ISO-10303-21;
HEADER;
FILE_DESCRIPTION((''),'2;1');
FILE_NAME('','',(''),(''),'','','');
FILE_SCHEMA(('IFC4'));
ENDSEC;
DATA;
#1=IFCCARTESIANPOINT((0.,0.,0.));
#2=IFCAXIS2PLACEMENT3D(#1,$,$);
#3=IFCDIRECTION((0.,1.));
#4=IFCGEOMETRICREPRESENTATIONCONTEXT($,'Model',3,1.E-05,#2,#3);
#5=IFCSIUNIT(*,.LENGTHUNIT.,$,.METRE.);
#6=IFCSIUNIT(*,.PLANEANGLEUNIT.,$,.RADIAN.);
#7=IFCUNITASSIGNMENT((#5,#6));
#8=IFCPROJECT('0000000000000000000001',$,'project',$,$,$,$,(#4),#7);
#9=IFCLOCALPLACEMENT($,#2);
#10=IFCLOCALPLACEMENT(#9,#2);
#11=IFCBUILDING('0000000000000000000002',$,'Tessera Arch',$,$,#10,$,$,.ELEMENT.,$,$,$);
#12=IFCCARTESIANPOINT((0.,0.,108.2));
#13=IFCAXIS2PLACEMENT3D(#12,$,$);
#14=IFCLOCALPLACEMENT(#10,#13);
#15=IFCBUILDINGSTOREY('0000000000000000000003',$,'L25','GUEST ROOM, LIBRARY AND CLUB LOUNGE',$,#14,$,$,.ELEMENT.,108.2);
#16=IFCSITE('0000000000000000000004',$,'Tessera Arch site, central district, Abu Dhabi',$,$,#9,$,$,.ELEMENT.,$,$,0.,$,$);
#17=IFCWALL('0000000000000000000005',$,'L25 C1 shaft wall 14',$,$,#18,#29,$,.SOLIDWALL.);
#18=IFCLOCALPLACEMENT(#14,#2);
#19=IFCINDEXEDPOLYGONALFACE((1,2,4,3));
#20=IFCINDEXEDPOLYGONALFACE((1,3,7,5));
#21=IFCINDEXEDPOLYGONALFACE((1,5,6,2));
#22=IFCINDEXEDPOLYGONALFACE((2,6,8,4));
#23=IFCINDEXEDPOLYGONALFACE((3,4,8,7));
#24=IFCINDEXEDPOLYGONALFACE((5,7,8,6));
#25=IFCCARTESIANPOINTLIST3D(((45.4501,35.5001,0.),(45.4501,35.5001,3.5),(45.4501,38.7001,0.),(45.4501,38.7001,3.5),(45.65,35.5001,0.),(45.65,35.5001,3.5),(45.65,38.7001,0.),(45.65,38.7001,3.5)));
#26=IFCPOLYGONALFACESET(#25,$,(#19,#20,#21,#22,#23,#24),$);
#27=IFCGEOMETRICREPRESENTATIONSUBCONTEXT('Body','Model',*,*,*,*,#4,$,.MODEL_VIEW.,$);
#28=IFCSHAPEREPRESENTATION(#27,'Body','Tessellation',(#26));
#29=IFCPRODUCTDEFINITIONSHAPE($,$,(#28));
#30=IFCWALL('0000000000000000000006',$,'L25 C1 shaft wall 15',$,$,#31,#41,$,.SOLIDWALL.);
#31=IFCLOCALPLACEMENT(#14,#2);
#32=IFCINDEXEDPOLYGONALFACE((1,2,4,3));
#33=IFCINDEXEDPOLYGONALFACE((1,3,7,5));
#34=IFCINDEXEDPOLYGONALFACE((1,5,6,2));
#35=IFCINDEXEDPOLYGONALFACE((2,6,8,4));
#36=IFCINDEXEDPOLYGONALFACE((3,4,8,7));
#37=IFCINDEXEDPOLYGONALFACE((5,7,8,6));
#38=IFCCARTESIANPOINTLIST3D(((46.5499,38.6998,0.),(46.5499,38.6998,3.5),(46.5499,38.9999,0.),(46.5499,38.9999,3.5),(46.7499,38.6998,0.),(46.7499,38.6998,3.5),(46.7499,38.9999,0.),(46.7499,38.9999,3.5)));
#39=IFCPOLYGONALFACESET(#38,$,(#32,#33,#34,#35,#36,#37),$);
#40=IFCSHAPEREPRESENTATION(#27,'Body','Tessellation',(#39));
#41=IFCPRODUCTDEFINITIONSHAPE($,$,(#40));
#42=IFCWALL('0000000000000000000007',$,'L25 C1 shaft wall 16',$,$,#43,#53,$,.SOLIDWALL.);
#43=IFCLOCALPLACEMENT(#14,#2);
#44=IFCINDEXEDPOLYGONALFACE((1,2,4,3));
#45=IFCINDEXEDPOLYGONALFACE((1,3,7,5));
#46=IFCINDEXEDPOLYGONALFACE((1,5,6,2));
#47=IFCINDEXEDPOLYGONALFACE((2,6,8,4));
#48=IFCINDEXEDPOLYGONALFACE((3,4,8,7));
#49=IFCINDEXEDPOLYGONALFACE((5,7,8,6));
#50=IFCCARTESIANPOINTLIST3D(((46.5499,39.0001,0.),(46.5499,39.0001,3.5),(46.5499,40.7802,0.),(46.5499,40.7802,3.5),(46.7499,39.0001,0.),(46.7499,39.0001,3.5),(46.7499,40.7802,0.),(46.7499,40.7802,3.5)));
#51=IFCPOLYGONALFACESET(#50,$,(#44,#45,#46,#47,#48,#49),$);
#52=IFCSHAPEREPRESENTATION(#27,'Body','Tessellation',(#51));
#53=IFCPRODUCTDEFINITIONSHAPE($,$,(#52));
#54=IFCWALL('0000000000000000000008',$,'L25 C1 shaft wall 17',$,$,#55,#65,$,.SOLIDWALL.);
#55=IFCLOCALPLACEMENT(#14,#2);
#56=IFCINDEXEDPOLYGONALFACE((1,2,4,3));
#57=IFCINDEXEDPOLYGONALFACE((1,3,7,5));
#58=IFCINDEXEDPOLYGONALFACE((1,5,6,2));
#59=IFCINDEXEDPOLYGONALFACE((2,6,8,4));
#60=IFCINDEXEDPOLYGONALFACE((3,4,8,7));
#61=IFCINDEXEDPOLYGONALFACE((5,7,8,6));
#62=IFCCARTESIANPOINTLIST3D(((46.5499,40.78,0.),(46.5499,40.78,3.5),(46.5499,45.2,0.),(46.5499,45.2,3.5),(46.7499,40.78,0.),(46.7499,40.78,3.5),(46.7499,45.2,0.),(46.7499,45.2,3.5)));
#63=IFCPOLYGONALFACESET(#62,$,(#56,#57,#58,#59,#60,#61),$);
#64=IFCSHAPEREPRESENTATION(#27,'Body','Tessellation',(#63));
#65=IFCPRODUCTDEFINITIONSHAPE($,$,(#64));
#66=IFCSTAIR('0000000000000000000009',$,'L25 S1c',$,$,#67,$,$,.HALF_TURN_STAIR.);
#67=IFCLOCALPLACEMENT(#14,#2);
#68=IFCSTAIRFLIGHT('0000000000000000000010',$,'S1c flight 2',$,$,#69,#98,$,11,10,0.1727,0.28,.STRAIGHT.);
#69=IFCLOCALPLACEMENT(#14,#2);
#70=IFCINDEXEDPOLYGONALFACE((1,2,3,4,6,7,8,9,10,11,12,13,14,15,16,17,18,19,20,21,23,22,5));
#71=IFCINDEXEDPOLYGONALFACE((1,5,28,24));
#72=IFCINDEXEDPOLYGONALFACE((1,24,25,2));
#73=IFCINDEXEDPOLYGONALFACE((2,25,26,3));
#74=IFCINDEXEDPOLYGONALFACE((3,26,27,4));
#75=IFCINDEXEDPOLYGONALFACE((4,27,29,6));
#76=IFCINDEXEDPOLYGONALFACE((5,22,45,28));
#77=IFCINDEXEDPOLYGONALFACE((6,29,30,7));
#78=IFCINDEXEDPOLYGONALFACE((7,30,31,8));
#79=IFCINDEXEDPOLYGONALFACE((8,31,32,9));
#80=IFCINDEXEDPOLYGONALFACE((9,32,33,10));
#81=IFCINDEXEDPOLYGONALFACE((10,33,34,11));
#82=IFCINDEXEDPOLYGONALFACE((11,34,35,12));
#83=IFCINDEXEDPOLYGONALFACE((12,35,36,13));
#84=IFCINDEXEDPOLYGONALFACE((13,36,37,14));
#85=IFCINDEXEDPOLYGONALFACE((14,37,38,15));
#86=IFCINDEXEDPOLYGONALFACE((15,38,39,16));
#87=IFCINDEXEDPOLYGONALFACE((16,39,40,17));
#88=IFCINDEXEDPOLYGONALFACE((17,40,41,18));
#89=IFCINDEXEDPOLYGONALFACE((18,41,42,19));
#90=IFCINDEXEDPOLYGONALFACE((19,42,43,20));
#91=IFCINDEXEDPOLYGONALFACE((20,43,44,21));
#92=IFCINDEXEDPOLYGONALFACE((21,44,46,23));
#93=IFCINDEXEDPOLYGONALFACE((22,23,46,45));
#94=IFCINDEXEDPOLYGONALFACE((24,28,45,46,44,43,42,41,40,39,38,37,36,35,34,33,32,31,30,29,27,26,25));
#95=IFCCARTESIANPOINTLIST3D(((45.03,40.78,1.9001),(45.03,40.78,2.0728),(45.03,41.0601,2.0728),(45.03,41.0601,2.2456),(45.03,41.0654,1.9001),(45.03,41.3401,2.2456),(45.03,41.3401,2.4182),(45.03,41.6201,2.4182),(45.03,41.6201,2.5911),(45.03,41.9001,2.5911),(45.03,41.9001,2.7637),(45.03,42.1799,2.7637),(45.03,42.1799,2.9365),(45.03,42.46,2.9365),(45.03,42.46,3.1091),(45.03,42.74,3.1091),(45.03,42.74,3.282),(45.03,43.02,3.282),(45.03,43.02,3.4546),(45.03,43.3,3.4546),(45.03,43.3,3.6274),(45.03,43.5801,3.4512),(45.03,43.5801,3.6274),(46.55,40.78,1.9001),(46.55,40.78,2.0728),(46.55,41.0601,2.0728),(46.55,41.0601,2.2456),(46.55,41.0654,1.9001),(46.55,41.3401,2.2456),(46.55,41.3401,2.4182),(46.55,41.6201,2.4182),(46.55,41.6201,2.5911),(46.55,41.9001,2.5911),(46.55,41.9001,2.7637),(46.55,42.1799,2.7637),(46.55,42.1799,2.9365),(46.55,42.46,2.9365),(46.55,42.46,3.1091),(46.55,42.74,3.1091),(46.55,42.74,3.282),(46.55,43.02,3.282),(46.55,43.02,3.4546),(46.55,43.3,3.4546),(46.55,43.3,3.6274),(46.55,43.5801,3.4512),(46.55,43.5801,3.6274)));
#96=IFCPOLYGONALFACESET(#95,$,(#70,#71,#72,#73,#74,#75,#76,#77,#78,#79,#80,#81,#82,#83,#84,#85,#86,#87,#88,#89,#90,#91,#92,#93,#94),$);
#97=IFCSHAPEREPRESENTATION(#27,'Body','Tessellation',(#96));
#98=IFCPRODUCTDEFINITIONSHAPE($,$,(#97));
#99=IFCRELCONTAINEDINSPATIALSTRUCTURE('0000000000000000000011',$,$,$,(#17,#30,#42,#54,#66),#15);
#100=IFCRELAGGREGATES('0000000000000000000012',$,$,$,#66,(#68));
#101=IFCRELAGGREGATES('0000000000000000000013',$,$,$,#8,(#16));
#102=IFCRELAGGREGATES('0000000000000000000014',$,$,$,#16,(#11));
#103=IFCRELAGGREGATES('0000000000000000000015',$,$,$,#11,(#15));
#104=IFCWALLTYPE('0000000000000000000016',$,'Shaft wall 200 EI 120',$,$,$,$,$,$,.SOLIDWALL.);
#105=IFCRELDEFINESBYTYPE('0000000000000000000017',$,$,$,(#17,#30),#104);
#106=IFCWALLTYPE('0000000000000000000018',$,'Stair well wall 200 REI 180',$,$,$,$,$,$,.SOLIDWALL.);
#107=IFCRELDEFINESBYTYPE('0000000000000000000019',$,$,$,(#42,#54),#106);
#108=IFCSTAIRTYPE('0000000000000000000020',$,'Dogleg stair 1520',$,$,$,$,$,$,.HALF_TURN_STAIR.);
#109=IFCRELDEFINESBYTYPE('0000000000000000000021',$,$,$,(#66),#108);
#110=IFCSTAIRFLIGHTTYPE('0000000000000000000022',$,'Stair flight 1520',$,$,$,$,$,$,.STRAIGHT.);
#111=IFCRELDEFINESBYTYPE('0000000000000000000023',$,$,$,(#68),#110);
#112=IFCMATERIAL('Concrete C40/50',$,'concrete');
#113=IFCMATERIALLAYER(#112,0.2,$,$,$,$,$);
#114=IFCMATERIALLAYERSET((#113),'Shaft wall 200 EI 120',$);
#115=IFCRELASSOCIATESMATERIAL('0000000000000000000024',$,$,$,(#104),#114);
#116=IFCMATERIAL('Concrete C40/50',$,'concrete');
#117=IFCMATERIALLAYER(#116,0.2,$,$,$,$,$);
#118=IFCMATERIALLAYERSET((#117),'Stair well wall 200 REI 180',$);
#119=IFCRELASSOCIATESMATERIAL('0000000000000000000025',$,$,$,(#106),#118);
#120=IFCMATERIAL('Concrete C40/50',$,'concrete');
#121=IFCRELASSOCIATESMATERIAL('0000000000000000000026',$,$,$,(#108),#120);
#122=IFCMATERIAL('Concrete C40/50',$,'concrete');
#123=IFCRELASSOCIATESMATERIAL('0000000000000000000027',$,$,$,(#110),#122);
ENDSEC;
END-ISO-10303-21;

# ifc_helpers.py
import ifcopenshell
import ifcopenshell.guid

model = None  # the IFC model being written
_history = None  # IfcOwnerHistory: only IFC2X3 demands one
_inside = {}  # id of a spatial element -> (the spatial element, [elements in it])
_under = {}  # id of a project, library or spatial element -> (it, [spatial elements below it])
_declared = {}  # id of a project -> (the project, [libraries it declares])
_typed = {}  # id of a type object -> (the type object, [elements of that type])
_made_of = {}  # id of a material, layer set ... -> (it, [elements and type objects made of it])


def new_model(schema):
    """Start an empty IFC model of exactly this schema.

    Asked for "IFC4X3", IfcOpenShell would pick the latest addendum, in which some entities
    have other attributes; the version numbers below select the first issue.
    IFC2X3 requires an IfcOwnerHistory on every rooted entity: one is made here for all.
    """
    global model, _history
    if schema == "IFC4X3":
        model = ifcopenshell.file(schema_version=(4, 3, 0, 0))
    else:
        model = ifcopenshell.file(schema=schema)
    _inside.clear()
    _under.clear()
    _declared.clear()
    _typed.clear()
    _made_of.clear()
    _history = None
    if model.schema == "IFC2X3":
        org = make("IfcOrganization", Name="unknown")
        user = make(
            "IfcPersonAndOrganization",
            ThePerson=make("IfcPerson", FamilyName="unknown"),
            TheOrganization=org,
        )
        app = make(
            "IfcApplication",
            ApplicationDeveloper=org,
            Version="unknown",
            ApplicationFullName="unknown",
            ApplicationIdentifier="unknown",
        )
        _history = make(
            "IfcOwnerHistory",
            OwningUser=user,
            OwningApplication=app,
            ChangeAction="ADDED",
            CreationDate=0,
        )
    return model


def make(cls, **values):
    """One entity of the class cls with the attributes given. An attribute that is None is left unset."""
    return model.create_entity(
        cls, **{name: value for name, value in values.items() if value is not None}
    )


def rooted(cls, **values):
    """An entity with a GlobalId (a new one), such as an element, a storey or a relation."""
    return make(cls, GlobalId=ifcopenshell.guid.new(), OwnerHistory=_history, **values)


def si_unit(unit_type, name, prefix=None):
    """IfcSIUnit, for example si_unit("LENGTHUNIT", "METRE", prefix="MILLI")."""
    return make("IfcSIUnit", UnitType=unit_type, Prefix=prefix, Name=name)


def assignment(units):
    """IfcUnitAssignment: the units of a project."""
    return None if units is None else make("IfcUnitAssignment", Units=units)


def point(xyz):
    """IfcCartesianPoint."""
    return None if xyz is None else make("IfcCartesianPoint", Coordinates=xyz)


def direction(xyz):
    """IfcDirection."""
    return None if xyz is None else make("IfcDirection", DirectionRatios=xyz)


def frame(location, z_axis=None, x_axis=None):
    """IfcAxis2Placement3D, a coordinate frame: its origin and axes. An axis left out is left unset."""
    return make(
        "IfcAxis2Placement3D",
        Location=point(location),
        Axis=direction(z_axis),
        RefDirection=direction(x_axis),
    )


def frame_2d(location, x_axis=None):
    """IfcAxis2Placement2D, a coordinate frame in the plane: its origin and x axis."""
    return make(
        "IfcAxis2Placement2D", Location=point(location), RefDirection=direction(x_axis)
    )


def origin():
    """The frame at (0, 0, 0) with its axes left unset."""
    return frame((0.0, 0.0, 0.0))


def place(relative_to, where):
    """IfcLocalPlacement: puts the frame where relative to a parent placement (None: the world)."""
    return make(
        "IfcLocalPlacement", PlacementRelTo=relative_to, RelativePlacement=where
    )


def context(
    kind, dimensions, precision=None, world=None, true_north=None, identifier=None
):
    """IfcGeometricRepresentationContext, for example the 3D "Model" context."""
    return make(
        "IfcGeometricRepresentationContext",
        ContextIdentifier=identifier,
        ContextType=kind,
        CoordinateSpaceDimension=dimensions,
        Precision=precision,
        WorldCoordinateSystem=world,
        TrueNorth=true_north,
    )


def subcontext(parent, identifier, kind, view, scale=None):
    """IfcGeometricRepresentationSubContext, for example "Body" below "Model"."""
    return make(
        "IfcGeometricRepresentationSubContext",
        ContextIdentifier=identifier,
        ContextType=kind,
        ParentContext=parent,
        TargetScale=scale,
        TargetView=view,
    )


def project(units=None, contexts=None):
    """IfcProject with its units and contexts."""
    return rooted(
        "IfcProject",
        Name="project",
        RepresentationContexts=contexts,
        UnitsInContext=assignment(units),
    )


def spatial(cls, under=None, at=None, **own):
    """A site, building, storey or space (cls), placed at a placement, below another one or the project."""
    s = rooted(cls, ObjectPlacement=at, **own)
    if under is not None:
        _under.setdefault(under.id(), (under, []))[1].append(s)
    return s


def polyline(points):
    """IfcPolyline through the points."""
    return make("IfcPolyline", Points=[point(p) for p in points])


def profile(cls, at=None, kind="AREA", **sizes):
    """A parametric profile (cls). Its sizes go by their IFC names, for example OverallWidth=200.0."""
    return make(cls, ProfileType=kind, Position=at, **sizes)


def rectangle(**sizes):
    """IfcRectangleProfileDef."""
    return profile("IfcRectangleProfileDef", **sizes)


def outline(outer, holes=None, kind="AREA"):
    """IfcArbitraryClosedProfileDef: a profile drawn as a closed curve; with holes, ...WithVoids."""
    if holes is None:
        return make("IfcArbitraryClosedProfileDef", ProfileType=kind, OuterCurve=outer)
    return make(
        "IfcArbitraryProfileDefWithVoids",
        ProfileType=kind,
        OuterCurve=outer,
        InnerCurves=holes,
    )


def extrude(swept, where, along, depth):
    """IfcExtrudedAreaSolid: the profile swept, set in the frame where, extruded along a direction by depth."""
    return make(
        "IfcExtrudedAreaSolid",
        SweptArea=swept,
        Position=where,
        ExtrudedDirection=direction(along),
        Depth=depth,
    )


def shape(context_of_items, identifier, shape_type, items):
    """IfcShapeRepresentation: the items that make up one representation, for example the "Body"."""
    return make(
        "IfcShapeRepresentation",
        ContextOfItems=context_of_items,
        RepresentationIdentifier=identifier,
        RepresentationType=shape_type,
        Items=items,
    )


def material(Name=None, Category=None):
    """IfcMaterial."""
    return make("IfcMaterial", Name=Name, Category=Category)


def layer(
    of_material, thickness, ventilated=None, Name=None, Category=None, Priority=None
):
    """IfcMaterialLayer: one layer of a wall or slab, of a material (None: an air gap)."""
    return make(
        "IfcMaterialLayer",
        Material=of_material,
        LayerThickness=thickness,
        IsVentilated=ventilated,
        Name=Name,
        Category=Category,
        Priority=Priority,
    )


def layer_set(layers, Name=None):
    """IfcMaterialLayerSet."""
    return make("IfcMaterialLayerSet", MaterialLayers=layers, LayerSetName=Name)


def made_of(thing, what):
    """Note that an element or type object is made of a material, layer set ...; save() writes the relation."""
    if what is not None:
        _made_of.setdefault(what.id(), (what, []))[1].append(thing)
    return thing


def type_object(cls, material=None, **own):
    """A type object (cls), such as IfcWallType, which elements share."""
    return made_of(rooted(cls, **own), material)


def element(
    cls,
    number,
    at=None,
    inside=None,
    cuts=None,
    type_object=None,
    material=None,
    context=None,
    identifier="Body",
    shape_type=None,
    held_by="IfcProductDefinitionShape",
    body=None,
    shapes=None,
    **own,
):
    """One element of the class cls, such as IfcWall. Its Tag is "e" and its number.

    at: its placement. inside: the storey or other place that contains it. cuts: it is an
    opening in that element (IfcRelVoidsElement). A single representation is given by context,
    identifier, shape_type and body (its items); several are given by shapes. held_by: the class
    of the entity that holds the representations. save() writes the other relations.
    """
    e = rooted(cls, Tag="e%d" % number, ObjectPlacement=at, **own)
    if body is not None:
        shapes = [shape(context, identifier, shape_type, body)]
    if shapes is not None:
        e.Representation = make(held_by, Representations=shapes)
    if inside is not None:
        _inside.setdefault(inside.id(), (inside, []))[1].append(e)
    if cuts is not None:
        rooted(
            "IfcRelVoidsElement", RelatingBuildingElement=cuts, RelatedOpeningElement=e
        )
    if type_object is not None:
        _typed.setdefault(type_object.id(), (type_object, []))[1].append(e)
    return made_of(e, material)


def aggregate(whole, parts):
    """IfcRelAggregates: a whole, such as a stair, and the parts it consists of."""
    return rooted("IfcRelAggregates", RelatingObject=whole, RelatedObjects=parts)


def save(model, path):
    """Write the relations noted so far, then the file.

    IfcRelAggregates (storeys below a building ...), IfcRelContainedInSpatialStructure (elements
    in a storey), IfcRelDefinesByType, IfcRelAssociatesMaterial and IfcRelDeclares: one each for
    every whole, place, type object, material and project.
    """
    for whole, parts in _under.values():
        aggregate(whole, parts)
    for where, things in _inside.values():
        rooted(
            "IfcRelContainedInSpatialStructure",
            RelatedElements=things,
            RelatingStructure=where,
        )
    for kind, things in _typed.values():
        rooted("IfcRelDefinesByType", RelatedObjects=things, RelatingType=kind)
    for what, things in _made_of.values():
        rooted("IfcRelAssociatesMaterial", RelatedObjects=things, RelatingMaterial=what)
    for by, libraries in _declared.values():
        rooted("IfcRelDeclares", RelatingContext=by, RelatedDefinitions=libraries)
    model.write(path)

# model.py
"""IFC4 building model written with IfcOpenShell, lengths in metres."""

from ifc_helpers import new_model, si_unit, direction, frame, frame_2d, origin, place, context, subcontext, project, spatial, polyline, rectangle, outline, extrude, material, layer, layer_set, type_object, element, aggregate, save


model = new_model("IFC4")

# Units and contexts
model_context = context("Model", 3, precision=1e-05, world=origin(), true_north=direction((0.0, 1.0)))
body_context = subcontext(model_context, "Body", "Model", "MODEL_VIEW")
ifc_project = project(units=[si_unit("LENGTHUNIT", "METRE"), si_unit("PLANEANGLEUNIT", "RADIAN")], contexts=[model_context])

# Site, building, storey
site_placement = place(None, origin())
site = spatial("IfcSite", under=ifc_project, at=site_placement, Name="Tessera Arch site, central district, Abu Dhabi", CompositionType="ELEMENT", RefElevation=0.0)
building_placement = place(site_placement, origin())
building = spatial("IfcBuilding", under=site, at=building_placement, Name="Tessera Arch", CompositionType="ELEMENT")
storey_placement = place(building_placement, frame((0.0, 0.0, 108.2)))
storey = spatial("IfcBuildingStorey", under=building, at=storey_placement, Name="L25", Description="GUEST ROOM, LIBRARY AND CLUB LOUNGE", CompositionType="ELEMENT", Elevation=108.2)

# Walls
ifc_material_1 = material(Name="Concrete C40/50", Category="concrete")
ifc_layer_1 = layer(ifc_material_1, 0.2)
ifc_layer_set_1 = layer_set([ifc_layer_1], Name="Shaft wall 200 EI 120")
wall_type_1 = type_object("IfcWallType", Name="Shaft wall 200 EI 120", PredefinedType="SOLIDWALL", material=ifc_layer_set_1)
for number, where, z_axis, x_axis, name in (
    (1, (45.55, 35.5, 0.0), (0.0, 0.0, 1.0), (0.0, 1.0, 0.0), "L25 C1 shaft wall 14"),
):
    element("IfcWall", number, at=place(storey_placement, frame(where, z_axis=z_axis, x_axis=x_axis)), inside=storey, type_object=wall_type_1, Name=name, PredefinedType="SOLIDWALL", context=body_context, shape_type="SweptSolid", body=[
        extrude(rectangle(XDim=3.2, YDim=0.2, at=frame_2d((1.6001, 0.0))), origin(), (0.0, 0.0, 1.0), 3.5),
    ])
wall_1_placement = place(storey_placement, frame((46.6499, 38.7, 0.0), z_axis=(0.0, 0.0, 1.0), x_axis=(0.0, 1.0, 0.0)))
element("IfcWall", 2, at=wall_1_placement, inside=storey, type_object=wall_type_1, Name="L25 C1 shaft wall 15", PredefinedType="SOLIDWALL", context=body_context, shape_type="SweptSolid", body=[
    extrude(rectangle(XDim=0.3, YDim=0.2, at=frame_2d((0.1499, 0.0))), origin(), (0.0, 0.0, 1.0), 3.5),
])
ifc_material_2 = material(Name="Concrete C40/50", Category="concrete")
ifc_layer_2 = layer(ifc_material_2, 0.2)
ifc_layer_set_2 = layer_set([ifc_layer_2], Name="Stair well wall 200 REI 180")
wall_type_2 = type_object("IfcWallType", Name="Stair well wall 200 REI 180", PredefinedType="SOLIDWALL", material=ifc_layer_set_2)
wall_2_placement = place(storey_placement, frame((46.6499, 39.0, 0.0), z_axis=(0.0, 0.0, 1.0), x_axis=(0.0, 1.0, 0.0)))
element("IfcWall", 3, at=wall_2_placement, inside=storey, type_object=wall_type_2, Name="L25 C1 shaft wall 16", PredefinedType="SOLIDWALL", context=body_context, shape_type="SweptSolid", body=[
    extrude(rectangle(XDim=1.78, YDim=0.2, at=frame_2d((0.8901, 0.0))), origin(), (0.0, 0.0, 1.0), 3.5),
])
wall_3_placement = place(storey_placement, frame((46.6499, 40.78, 0.0), z_axis=(0.0, 0.0, 1.0), x_axis=(0.0, 1.0, 0.0)))
element("IfcWall", 4, at=wall_3_placement, inside=storey, type_object=wall_type_2, Name="L25 C1 shaft wall 17", PredefinedType="SOLIDWALL", context=body_context, shape_type="SweptSolid", body=[
    extrude(rectangle(XDim=4.4199, YDim=0.2, at=frame_2d((2.21, 0.0))), origin(), (0.0, 0.0, 1.0), 3.5),
])

# Stair, stair flight
ifc_material_3 = material(Name="Concrete C40/50", Category="concrete")
stair_type = type_object("IfcStairType", Name="Dogleg stair 1520", PredefinedType="HALF_TURN_STAIR", material=ifc_material_3)
stair_placement = place(storey_placement, origin())
stair = element("IfcStair", 5, at=stair_placement, inside=storey, type_object=stair_type, Name="L25 S1c", PredefinedType="HALF_TURN_STAIR")
ifc_material_4 = material(Name="Concrete C40/50", Category="concrete")
stair_flight_type = type_object("IfcStairFlightType", Name="Stair flight 1520", PredefinedType="STRAIGHT", material=ifc_material_4)
stair_flight_placement = place(storey_placement, frame((45.79, 40.78, 1.9001), z_axis=(0.0, 0.0, 1.0), x_axis=(0.0, 1.0, 0.0)))
stair_flight = element("IfcStairFlight", 6, at=stair_flight_placement, type_object=stair_flight_type, Name="S1c flight 2", NumberOfRisers=11, NumberOfTreads=10, PredefinedType="STRAIGHT", RiserHeight=0.1727, TreadLength=0.28, context=body_context, shape_type="SweptSolid", body=[
    extrude(outline(polyline([(0.0, 0.0), (0.0, 0.1726), (0.28, 0.1726), (0.28, 0.3455), (0.5601, 0.3455), (0.5601, 0.5181), (0.8401, 0.5181), (0.8401, 0.6909), (1.1201, 0.6909), (1.1201, 0.8635), (1.3999, 0.8635), (1.3999, 1.0364), (1.6799, 1.0364), (1.6799, 1.209), (1.96, 1.209), (1.96, 1.3818), (2.24, 1.3818), (2.24, 1.5544), (2.52, 1.5544), (2.52, 1.7273), (2.8, 1.7273), (2.8, 1.8999), (2.8, 1.551), (0.2854, 0.0), (0.0, 0.0)])), frame((0.0, 0.76, 0.0), z_axis=(0.0, -1.0, 0.0), x_axis=(1.0, 0.0, 0.0)), (0.0, 0.0, 1.0), 1.52),
])
aggregate(stair, [stair_flight])

save(model, "model.ifc")
